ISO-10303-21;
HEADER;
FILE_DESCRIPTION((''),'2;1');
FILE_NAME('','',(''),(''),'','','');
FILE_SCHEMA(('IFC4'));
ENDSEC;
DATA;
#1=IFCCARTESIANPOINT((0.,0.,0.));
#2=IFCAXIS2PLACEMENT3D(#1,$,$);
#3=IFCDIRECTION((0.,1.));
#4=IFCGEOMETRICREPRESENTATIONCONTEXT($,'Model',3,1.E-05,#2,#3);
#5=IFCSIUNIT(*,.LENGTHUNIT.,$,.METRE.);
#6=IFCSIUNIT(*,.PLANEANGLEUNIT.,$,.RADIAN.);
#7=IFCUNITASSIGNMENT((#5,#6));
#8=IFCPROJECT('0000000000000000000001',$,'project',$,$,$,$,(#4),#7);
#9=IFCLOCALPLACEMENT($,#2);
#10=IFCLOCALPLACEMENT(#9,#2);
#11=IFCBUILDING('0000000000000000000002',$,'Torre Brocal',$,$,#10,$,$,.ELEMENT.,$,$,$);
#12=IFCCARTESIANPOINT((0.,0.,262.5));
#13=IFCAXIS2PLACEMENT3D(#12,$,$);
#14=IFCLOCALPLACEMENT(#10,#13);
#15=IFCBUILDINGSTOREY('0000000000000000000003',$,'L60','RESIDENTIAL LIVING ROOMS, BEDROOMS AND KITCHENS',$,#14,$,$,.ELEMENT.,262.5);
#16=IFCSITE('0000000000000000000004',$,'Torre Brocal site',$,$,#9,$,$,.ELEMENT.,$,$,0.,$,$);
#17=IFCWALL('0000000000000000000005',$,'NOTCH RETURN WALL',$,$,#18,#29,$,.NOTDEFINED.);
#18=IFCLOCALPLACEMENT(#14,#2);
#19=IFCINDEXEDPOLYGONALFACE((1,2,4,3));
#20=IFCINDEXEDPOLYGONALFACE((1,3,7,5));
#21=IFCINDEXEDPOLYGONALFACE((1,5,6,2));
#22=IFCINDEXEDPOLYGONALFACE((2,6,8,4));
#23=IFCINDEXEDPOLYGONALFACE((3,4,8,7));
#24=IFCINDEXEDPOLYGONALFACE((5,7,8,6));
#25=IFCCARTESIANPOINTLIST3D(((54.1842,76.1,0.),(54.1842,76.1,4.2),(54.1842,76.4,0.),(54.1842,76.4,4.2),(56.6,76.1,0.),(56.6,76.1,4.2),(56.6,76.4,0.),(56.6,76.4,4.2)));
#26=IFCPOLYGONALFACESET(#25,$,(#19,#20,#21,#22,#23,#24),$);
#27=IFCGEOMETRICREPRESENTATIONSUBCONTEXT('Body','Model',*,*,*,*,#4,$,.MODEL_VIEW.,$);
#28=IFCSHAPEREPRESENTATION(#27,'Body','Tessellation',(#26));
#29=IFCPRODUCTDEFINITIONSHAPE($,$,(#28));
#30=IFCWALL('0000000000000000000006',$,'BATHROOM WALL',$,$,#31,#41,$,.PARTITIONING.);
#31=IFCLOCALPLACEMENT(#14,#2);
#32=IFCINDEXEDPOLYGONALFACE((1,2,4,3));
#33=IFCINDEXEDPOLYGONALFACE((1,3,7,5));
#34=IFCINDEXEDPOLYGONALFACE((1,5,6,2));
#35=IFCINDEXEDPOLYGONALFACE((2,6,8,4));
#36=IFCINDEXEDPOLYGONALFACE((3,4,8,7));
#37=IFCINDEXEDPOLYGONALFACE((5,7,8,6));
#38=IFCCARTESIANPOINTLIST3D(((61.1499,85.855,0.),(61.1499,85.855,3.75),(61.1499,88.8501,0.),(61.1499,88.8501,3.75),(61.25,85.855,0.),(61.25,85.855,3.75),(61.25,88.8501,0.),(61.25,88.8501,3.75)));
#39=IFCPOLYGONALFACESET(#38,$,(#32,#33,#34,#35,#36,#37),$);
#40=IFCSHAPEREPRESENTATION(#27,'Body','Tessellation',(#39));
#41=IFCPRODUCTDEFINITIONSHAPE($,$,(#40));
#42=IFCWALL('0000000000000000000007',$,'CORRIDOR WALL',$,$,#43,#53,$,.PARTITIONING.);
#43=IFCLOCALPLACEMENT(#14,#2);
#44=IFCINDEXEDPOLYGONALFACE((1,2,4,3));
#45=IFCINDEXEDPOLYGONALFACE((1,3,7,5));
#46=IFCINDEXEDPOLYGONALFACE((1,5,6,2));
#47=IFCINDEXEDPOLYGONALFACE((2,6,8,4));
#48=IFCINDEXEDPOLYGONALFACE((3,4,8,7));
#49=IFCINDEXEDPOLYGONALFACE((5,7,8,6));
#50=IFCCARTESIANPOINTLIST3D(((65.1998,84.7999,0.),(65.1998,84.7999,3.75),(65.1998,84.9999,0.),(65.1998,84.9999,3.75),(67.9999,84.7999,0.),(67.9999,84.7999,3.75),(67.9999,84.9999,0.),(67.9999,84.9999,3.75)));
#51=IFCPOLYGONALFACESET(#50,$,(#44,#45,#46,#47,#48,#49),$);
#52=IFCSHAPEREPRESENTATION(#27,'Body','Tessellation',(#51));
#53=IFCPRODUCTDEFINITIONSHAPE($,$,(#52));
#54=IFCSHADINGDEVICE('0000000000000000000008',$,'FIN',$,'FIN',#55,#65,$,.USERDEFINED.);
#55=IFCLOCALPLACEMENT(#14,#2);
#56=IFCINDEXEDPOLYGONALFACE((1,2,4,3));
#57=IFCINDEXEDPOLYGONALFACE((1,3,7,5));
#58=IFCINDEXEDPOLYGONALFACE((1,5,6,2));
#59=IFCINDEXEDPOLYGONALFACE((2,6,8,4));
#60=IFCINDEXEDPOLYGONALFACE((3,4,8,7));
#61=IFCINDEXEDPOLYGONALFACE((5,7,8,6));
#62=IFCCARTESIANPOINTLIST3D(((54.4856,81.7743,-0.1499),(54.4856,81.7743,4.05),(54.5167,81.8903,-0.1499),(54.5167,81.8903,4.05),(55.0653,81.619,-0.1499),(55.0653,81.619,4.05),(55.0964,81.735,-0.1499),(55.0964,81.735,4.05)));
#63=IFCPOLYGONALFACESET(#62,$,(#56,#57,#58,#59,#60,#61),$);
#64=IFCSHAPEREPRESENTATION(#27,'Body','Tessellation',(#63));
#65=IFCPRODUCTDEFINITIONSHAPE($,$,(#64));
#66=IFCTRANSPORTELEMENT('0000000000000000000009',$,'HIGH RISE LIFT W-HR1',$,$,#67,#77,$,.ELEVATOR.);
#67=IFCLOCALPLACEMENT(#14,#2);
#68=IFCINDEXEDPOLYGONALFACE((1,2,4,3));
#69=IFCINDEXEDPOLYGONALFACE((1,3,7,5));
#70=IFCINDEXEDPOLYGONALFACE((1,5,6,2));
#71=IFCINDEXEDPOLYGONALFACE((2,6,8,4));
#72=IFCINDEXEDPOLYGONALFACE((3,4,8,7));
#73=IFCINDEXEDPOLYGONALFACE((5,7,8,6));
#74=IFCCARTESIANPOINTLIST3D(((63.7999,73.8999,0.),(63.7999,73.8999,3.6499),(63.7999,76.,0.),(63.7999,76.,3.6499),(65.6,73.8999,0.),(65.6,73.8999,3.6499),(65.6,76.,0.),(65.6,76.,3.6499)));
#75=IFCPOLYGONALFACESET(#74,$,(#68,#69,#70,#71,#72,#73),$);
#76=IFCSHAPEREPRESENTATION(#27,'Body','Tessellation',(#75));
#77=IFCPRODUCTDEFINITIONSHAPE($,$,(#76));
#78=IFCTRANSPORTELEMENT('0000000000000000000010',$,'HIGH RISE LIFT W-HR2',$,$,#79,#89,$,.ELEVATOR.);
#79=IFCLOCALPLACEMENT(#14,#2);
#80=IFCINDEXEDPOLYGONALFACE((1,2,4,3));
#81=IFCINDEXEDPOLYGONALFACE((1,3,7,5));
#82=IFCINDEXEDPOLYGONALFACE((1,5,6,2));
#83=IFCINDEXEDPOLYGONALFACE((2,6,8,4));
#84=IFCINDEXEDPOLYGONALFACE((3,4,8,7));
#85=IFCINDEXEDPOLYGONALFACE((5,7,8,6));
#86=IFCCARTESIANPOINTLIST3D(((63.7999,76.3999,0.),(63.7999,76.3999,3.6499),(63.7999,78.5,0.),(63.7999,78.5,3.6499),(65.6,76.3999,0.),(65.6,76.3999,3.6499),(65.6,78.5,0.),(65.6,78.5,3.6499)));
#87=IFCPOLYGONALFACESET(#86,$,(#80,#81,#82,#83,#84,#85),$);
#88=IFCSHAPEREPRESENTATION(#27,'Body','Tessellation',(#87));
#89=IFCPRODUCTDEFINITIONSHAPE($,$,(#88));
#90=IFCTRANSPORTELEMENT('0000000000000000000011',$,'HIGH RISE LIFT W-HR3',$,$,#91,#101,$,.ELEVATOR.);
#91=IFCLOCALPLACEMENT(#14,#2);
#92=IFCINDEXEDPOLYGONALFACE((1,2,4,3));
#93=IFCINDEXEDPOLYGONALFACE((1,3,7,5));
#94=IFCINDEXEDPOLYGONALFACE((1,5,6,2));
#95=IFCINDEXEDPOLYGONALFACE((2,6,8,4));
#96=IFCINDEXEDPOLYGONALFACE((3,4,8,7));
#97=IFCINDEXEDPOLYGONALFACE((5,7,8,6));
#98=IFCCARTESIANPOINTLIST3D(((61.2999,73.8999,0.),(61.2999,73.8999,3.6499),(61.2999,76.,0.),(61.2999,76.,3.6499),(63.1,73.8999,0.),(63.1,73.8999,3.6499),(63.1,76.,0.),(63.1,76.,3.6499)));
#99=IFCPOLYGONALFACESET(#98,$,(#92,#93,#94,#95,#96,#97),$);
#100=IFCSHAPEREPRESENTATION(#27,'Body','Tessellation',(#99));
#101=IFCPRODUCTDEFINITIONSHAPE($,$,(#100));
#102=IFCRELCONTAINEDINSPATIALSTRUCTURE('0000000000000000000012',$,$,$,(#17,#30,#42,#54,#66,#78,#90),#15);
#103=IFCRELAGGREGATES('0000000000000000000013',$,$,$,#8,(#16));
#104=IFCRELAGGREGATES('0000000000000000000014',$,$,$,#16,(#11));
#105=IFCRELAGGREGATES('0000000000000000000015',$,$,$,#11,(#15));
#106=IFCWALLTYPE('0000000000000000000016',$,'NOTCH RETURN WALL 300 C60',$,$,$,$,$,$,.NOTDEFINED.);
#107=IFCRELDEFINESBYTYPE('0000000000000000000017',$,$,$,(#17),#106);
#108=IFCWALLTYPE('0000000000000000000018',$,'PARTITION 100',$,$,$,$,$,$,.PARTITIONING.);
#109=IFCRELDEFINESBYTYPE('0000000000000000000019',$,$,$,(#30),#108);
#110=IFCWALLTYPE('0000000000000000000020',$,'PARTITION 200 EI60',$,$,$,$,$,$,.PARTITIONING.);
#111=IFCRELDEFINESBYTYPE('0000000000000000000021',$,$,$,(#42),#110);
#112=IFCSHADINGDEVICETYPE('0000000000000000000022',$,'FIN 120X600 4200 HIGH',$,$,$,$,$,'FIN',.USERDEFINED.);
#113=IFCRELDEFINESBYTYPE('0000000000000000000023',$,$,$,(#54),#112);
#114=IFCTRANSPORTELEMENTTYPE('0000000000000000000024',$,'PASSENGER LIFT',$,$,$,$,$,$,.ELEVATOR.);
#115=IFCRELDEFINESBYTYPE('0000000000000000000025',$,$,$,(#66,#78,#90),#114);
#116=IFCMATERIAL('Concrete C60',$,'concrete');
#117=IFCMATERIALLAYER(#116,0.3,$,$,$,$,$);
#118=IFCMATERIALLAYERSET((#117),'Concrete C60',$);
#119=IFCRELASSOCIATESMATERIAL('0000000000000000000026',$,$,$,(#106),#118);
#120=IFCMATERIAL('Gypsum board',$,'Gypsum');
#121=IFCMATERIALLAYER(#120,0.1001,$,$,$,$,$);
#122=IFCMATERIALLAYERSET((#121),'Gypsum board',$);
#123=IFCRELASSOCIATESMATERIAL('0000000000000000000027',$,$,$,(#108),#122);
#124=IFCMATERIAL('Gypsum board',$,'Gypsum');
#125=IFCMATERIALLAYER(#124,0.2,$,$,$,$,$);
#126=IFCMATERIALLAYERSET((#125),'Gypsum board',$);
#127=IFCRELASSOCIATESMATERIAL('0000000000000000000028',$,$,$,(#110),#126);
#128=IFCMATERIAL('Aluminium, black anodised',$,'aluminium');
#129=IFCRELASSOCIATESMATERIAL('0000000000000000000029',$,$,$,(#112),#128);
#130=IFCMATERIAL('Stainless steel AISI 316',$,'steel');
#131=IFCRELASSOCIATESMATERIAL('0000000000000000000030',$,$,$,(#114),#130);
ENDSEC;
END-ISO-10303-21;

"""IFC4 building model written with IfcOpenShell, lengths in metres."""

from ifc_helpers import new_model, si_unit, direction, frame, frame_2d, origin, origin_2d, place, context, subcontext, project, spatial, rectangle, extrude, material, layer, layer_set, material_profile, profile_set, type_object, element, save


model = new_model("IFC4")

# Units and contexts
model_context = context("Model", 3, precision=1e-05, world=origin(), true_north=direction((0.0, 1.0)))
body_context = subcontext(model_context, "Body", "Model", "MODEL_VIEW")
ifc_project = project(units=[si_unit("LENGTHUNIT", "METRE"), si_unit("PLANEANGLEUNIT", "RADIAN")], contexts=[model_context])

# Site, building, storey
site_placement = place(None, origin())
site = spatial("IfcSite", under=ifc_project, at=site_placement, Name="Torre Brocal site", CompositionType="ELEMENT", RefElevation=0.0)
building_placement = place(site_placement, origin())
building = spatial("IfcBuilding", under=site, at=building_placement, Name="Torre Brocal", CompositionType="ELEMENT")
storey_placement = place(building_placement, frame((0.0, 0.0, 262.5)))
storey = spatial("IfcBuildingStorey", under=building, at=storey_placement, Name="L60", Description="RESIDENTIAL LIVING ROOMS, BEDROOMS AND KITCHENS", CompositionType="ELEMENT", Elevation=262.5)

# Walls
ifc_material_1 = material(Name="Concrete C60", Category="concrete")
ifc_layer_1 = layer(ifc_material_1, 0.3)
ifc_layer_set_1 = layer_set([ifc_layer_1], Name="Concrete C60")
wall_type_1 = type_object("IfcWallType", Name="NOTCH RETURN WALL 300 C60", PredefinedType="NOTDEFINED", material=ifc_layer_set_1)
wall_1_placement = place(storey_placement, frame((56.6001, 76.25, 0.0), z_axis=(0.0, 0.0, 1.0), x_axis=(-1.0, 0.0, 0.0)))
element("IfcWall", 1, at=wall_1_placement, inside=storey, type_object=wall_type_1, Name="NOTCH RETURN WALL", PredefinedType="NOTDEFINED", context=body_context, shape_type="SweptSolid", body=[
    extrude(rectangle(XDim=2.4158, YDim=0.3, at=frame_2d((1.208, 0.0))), origin(), (0.0, 0.0, 1.0), 4.2),
])
ifc_material_2 = material(Name="Gypsum board", Category="Gypsum")
ifc_layer_2 = layer(ifc_material_2, 0.1001)
ifc_layer_set_2 = layer_set([ifc_layer_2], Name="Gypsum board")
wall_type_2 = type_object("IfcWallType", Name="PARTITION 100", PredefinedType="PARTITIONING", material=ifc_layer_set_2)
wall_2_placement = place(storey_placement, frame((61.2, 85.855, 0.0), z_axis=(0.0, 0.0, 1.0), x_axis=(0.0, 1.0, 0.0)))
element("IfcWall", 2, at=wall_2_placement, inside=storey, type_object=wall_type_2, Name="BATHROOM WALL", PredefinedType="PARTITIONING", context=body_context, shape_type="SweptSolid", body=[
    extrude(rectangle(XDim=2.9951, YDim=0.1001, at=frame_2d((1.4976, 0.0))), origin(), (0.0, 0.0, 1.0), 3.75),
])
ifc_material_3 = material(Name="Gypsum board", Category="Gypsum")
ifc_layer_3 = layer(ifc_material_3, 0.2)
ifc_layer_set_3 = layer_set([ifc_layer_3], Name="Gypsum board")
wall_type_3 = type_object("IfcWallType", Name="PARTITION 200 EI60", PredefinedType="PARTITIONING", material=ifc_layer_set_3)
wall_3_placement = place(storey_placement, frame((65.2, 84.8999, 0.0), z_axis=(0.0, 0.0, 1.0), x_axis=(1.0, 0.0, 0.0)))
element("IfcWall", 3, at=wall_3_placement, inside=storey, type_object=wall_type_3, Name="CORRIDOR WALL", PredefinedType="PARTITIONING", context=body_context, shape_type="SweptSolid", body=[
    extrude(rectangle(XDim=2.8, YDim=0.2, at=frame_2d((1.3999, 0.0))), origin(), (0.0, 0.0, 1.0), 3.75),
])

# Shading device
ifc_material_4 = material(Name="Aluminium, black anodised", Category="aluminium")
ifc_material_profile_1 = material_profile(ifc_material_4, rectangle(XDim=0.1201, YDim=0.6001, at=origin_2d()), Name="FIN 120X600 4200 HIGH")
ifc_profile_set_1 = profile_set([ifc_material_profile_1], Name="Aluminium, black anodised")
shading_device_type = type_object("IfcShadingDeviceType", Name="FIN 120X600 4200 HIGH", ElementType="FIN", PredefinedType="USERDEFINED", material=ifc_profile_set_1)
shading_device_placement = place(storey_placement, frame((54.791, 81.7546, -0.1499), z_axis=(0.0, 0.0, 1.0), x_axis=(-0.258819, -0.965926, 0.0)))
element("IfcShadingDevice", 4, at=shading_device_placement, inside=storey, type_object=shading_device_type, Name="FIN", ObjectType="FIN", PredefinedType="USERDEFINED", context=body_context, shape_type="SweptSolid", body=[
    extrude(rectangle(XDim=0.1201, YDim=0.6001, at=origin_2d()), origin(), (0.0, 0.0, 1.0), 4.2),
])

# Transport elements
ifc_material_5 = material(Name="Stainless steel AISI 316", Category="steel")
transport_element_type = type_object("IfcTransportElementType", Name="PASSENGER LIFT", PredefinedType="ELEVATOR", material=ifc_material_5)
for number, where, z_axis, x_axis, name in (
    (5, (64.7, 74.95, 0.0), (0.0, 0.0, 1.0), (1.0, 0.0, 0.0), "HIGH RISE LIFT W-HR1"),
    (6, (64.7, 77.45, 0.0), (0.0, 0.0, 1.0), (1.0, 0.0, 0.0), "HIGH RISE LIFT W-HR2"),
    (7, (62.2, 74.95, 0.0), (0.0, 0.0, 1.0), (1.0, 0.0, 0.0), "HIGH RISE LIFT W-HR3"),
):
    element("IfcTransportElement", number, at=place(storey_placement, frame(where, z_axis=z_axis, x_axis=x_axis)), inside=storey, type_object=transport_element_type, Name=name, PredefinedType="ELEVATOR", context=body_context, shape_type="SweptSolid", body=[
        extrude(rectangle(XDim=1.8, YDim=2.1001, at=origin_2d()), origin(), (0.0, 0.0, 1.0), 3.6499),
    ])

save(model, "model.ifc")
